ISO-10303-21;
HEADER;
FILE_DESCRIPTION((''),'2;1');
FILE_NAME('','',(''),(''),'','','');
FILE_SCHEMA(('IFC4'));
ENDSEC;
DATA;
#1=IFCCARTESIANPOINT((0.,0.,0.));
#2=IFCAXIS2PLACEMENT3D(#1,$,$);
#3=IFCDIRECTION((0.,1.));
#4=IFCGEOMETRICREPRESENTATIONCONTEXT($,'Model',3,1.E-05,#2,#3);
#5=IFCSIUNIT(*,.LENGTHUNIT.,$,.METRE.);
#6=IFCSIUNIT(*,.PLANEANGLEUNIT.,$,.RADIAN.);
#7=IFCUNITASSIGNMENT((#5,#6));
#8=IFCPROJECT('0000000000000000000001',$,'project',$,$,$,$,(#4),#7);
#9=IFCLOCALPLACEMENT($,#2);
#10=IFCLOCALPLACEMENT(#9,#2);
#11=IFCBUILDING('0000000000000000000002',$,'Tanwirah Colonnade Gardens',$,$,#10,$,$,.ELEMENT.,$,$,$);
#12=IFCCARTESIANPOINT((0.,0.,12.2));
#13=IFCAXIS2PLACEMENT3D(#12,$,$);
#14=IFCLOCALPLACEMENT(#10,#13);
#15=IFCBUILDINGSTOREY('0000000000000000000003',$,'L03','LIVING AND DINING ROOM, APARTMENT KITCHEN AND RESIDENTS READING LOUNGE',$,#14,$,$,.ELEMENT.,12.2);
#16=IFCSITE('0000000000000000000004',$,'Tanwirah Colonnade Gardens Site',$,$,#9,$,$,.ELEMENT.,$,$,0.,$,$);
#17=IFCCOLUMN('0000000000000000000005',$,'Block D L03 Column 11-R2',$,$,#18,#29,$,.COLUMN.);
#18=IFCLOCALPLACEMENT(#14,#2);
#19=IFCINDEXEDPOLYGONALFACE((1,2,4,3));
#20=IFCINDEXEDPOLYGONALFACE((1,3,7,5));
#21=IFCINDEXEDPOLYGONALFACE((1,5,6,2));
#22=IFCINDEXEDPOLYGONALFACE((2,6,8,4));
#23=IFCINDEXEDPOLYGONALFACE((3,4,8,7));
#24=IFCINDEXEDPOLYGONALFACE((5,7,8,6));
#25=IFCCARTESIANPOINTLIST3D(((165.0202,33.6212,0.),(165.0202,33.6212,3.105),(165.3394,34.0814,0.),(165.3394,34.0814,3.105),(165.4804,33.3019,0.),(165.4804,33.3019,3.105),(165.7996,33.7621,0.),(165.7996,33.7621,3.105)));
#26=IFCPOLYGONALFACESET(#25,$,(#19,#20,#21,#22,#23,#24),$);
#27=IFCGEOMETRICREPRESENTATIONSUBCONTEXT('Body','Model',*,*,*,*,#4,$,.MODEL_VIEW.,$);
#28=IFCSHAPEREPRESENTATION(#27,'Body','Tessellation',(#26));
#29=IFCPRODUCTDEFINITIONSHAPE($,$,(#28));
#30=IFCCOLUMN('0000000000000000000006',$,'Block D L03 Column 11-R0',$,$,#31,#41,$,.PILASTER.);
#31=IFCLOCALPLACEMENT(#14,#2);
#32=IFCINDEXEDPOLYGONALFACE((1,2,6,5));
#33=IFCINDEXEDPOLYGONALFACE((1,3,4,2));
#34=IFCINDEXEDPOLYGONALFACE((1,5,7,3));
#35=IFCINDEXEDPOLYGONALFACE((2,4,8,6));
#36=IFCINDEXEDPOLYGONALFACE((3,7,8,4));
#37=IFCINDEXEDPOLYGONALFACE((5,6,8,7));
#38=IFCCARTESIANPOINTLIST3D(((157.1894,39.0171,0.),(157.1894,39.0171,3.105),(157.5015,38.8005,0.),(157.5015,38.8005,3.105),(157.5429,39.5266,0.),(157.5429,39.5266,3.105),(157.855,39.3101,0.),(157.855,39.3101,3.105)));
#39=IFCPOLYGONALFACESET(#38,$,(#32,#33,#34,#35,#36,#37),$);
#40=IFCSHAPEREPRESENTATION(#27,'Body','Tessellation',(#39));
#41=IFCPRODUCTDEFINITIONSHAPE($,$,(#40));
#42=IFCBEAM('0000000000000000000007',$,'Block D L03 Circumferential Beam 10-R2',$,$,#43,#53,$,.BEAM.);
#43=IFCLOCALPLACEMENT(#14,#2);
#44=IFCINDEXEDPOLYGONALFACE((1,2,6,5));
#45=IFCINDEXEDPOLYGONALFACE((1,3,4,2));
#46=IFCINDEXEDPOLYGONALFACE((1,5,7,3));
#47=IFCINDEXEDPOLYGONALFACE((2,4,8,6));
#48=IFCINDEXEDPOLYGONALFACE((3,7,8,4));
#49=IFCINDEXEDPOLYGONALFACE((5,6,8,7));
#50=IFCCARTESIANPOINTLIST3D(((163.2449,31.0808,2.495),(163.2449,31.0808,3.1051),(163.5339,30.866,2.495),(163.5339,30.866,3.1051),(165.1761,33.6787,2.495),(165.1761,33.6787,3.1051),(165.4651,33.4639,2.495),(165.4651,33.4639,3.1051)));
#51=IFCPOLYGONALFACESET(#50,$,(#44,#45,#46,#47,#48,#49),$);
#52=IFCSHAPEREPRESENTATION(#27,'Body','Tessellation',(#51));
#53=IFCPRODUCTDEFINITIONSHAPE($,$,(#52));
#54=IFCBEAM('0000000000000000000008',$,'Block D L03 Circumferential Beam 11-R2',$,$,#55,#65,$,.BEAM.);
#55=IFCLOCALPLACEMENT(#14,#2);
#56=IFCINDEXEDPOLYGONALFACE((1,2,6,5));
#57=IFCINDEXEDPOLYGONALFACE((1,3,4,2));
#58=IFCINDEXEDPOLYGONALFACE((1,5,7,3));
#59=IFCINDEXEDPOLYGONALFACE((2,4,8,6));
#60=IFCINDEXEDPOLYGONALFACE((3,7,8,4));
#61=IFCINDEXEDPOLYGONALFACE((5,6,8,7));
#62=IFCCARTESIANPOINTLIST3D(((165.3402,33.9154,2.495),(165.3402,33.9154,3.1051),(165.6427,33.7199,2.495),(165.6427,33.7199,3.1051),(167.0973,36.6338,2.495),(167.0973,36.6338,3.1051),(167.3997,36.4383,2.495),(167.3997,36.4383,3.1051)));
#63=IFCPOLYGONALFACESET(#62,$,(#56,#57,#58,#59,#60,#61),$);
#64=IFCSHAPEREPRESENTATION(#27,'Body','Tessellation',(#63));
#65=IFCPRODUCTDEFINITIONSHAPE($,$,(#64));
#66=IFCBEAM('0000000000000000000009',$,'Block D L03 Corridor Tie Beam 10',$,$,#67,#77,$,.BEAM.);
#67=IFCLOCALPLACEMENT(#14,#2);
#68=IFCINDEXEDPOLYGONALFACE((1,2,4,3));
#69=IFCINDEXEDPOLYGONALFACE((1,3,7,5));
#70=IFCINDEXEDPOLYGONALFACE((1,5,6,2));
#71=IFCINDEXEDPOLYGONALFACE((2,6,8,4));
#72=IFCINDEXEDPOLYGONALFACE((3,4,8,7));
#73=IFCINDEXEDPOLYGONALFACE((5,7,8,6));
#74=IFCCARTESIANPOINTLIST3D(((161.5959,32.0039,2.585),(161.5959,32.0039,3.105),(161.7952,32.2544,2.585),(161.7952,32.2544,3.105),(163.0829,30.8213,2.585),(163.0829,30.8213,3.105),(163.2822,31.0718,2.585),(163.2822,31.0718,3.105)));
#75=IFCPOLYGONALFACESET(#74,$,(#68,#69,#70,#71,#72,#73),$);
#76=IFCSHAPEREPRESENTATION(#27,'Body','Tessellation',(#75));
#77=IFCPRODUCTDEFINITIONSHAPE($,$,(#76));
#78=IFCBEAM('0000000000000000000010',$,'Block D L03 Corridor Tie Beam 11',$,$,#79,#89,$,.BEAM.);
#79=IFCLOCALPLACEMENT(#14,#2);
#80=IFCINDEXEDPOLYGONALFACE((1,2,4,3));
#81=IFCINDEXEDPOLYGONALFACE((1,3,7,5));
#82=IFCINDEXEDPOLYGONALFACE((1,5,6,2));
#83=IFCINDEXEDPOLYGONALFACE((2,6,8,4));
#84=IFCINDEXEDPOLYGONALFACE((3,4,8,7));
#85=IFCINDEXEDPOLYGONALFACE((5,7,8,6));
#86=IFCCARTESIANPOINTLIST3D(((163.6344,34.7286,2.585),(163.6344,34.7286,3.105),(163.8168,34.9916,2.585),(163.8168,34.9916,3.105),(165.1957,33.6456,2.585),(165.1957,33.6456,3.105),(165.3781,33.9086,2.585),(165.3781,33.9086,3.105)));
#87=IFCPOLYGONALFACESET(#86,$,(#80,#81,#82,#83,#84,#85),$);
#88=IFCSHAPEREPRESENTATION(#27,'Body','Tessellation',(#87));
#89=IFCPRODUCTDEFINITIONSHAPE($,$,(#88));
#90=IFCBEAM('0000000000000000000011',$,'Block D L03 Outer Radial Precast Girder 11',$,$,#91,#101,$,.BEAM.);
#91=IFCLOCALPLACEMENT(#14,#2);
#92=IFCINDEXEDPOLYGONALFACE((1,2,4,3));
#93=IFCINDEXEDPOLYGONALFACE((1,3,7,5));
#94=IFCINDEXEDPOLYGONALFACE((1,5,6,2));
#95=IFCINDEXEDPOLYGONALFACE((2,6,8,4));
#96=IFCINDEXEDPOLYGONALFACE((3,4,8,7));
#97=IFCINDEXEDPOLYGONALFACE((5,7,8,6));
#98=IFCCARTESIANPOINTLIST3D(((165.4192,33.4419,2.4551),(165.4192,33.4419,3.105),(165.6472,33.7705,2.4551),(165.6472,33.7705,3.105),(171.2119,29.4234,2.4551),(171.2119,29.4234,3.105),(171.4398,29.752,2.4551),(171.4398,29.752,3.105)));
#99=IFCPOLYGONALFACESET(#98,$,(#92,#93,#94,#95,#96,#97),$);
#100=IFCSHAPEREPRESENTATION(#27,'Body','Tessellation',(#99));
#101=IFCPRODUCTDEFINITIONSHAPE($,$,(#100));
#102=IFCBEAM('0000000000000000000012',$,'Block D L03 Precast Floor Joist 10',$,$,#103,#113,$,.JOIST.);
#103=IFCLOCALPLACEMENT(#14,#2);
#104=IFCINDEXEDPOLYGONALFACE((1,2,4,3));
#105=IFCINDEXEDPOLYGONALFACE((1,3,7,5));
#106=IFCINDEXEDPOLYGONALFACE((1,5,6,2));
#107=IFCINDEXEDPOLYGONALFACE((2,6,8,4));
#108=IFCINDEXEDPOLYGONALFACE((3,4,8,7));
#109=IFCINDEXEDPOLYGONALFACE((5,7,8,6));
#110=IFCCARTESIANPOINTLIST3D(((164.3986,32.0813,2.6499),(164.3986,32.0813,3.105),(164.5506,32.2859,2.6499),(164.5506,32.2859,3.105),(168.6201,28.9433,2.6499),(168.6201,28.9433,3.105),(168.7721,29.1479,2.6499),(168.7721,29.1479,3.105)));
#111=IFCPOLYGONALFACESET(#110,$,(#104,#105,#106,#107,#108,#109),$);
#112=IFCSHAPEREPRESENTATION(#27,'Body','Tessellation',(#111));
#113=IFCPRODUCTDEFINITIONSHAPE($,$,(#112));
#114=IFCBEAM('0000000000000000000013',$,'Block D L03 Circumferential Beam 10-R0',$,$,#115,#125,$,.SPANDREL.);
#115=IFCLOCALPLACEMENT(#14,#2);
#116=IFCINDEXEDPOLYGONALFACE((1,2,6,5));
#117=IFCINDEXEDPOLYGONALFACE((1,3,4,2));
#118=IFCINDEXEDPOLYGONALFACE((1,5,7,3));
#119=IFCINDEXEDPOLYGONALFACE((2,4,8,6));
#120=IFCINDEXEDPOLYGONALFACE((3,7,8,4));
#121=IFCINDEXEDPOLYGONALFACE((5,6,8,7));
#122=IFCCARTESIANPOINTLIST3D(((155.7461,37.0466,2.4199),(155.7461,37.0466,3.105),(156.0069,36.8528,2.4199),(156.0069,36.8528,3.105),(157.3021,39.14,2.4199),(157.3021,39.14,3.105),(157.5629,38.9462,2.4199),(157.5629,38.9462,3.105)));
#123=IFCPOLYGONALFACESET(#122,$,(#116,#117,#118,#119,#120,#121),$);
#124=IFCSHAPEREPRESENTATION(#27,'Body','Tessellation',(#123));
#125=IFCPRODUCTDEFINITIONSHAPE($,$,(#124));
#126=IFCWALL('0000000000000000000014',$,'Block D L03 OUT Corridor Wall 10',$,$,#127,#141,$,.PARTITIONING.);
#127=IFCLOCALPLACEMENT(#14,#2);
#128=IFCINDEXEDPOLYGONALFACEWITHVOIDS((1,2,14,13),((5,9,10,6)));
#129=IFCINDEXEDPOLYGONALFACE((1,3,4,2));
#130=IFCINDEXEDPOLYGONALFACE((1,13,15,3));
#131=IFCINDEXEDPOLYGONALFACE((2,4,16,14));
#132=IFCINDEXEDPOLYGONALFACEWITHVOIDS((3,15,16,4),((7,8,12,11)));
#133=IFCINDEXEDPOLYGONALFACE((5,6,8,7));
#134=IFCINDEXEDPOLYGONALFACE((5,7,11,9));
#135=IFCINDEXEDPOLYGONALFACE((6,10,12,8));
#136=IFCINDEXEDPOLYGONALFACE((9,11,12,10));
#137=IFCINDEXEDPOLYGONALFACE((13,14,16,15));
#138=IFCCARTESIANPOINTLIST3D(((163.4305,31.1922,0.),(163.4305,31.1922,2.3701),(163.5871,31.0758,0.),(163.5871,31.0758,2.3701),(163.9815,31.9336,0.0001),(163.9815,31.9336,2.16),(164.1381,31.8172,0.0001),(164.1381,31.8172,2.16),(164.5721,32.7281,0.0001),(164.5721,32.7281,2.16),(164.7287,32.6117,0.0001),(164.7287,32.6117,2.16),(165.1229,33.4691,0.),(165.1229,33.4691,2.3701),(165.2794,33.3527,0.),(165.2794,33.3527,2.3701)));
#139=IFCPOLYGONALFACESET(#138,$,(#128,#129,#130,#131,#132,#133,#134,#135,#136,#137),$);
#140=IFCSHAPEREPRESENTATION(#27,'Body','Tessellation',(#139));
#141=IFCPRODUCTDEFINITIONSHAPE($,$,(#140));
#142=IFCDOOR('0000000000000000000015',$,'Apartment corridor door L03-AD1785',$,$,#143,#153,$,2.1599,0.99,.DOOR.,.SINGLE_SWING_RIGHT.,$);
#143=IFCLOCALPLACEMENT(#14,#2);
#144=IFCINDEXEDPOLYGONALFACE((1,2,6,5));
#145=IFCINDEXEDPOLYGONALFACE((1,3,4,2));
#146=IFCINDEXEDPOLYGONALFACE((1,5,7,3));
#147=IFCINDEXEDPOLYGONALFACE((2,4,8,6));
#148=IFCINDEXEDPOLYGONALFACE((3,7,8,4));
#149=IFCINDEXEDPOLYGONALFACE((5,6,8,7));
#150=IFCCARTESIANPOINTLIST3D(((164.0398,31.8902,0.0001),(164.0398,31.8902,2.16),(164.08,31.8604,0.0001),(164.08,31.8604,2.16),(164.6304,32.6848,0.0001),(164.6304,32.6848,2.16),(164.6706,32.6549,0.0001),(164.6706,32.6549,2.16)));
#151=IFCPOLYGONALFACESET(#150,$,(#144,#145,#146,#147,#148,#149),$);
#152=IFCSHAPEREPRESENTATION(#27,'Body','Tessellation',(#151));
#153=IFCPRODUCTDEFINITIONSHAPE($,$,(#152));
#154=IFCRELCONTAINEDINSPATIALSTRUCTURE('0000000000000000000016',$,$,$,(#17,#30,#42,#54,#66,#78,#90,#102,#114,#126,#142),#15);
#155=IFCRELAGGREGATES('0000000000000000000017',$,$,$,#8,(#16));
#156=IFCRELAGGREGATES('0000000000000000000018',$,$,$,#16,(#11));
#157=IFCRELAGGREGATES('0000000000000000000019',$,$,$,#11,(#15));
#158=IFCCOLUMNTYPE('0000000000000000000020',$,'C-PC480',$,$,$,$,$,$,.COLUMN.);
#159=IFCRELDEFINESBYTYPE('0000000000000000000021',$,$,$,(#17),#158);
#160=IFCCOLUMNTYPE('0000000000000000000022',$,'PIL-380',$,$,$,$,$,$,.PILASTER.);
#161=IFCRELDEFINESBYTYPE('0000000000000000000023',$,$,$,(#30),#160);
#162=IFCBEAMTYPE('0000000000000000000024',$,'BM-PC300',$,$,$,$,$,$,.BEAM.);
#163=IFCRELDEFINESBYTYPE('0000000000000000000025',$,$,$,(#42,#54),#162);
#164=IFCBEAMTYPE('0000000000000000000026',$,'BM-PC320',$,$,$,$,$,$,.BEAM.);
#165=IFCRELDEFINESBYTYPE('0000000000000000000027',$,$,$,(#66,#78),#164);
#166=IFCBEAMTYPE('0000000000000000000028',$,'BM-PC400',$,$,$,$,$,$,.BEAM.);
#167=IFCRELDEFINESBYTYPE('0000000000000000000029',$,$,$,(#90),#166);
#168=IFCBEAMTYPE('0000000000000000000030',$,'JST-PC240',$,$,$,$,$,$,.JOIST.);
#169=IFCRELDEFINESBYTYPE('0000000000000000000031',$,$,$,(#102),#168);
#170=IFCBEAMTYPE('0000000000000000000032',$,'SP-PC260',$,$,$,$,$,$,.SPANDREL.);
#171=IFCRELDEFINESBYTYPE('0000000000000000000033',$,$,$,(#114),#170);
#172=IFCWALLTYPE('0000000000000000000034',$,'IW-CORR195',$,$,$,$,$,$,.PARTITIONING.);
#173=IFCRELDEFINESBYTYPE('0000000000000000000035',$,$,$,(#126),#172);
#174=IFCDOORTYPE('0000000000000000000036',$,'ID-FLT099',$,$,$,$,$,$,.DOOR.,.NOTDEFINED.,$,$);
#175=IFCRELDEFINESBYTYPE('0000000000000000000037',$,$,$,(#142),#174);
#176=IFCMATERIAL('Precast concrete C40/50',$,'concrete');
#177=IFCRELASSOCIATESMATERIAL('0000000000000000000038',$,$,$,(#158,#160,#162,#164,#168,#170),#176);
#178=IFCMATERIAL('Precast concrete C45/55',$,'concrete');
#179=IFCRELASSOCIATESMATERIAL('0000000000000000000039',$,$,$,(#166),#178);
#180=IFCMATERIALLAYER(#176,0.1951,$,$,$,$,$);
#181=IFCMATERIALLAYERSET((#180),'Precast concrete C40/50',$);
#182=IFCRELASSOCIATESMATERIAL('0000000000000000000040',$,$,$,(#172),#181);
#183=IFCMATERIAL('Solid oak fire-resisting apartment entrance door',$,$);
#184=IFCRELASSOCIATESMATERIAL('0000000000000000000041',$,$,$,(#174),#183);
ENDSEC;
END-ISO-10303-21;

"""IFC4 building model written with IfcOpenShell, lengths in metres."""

from ifc_helpers import new_model, si_unit, direction, frame, frame_2d, origin, origin_2d, place, context, subcontext, project, spatial, rectangle, extrude, material, layer, layer_set, material_profile, profile_set, type_object, element, fill, save


model = new_model("IFC4")

# Units and contexts
model_context = context("Model", 3, precision=1e-05, world=origin(), true_north=direction((0.0, 1.0)))
body_context = subcontext(model_context, "Body", "Model", "MODEL_VIEW")
ifc_project = project(units=[si_unit("LENGTHUNIT", "METRE"), si_unit("PLANEANGLEUNIT", "RADIAN")], contexts=[model_context])

# Site, building, storey
site_placement = place(None, origin())
site = spatial("IfcSite", under=ifc_project, at=site_placement, Name="Tanwirah Colonnade Gardens Site", CompositionType="ELEMENT", RefElevation=0.0)
building_placement = place(site_placement, origin())
building = spatial("IfcBuilding", under=site, at=building_placement, Name="Tanwirah Colonnade Gardens", CompositionType="ELEMENT")
storey_placement = place(building_placement, frame((0.0, 0.0, 12.2)))
storey = spatial("IfcBuildingStorey", under=building, at=storey_placement, Name="L03", Description="LIVING AND DINING ROOM, APARTMENT KITCHEN AND RESIDENTS READING LOUNGE", CompositionType="ELEMENT", Elevation=12.2)

# Columns
ifc_material_1 = material(Name="Precast concrete C40/50", Category="concrete")
ifc_material_profile_1 = material_profile(ifc_material_1, rectangle(XDim=0.5601, YDim=0.5601, at=origin_2d()), Name="PC-COL 560x560")
ifc_profile_set_1 = profile_set([ifc_material_profile_1], Name="Precast concrete C40/50")
column_type_1 = type_object("IfcColumnType", Name="C-PC480", PredefinedType="COLUMN", material=ifc_profile_set_1)
column_1_placement = place(storey_placement, frame((165.4099, 33.6917, 0.0), z_axis=(0.0, 0.0, 1.0), x_axis=(0.821647, -0.569997, 0.0)))
element("IfcColumn", 1, at=column_1_placement, inside=storey, type_object=column_type_1, Name="Block D L03 Column 11-R2", PredefinedType="COLUMN", context=body_context, shape_type="SweptSolid", body=[
    extrude(rectangle(XDim=0.5601, YDim=0.5601, at=origin_2d()), origin(), (0.0, 0.0, 1.0), 3.105),
])
ifc_material_profile_2 = material_profile(ifc_material_1, rectangle(XDim=0.3799, YDim=0.6201, at=origin_2d()), Name="PC-PIL 380x620")
ifc_profile_set_2 = profile_set([ifc_material_profile_2], Name="Precast concrete C40/50")
column_type_2 = type_object("IfcColumnType", Name="PIL-380", PredefinedType="PILASTER", material=ifc_profile_set_2)
column_2_placement = place(storey_placement, frame((157.5222, 39.1636, 0.0), z_axis=(0.0, 0.0, 1.0), x_axis=(0.821647, -0.569997, 0.0)))
element("IfcColumn", 2, at=column_2_placement, inside=storey, type_object=column_type_2, Name="Block D L03 Column 11-R0", PredefinedType="PILASTER", context=body_context, shape_type="SweptSolid", body=[
    extrude(rectangle(XDim=0.3799, YDim=0.6201, at=origin_2d()), origin(), (0.0, 0.0, 1.0), 3.105),
])

# Beams
ifc_material_profile_3 = material_profile(ifc_material_1, rectangle(XDim=0.3601, YDim=0.6101, at=origin_2d()), Name="PC-BM 360x610")
ifc_profile_set_3 = profile_set([ifc_material_profile_3], Name="Precast concrete C40/50")
beam_type_1 = type_object("IfcBeamType", Name="BM-PC300", PredefinedType="BEAM", material=ifc_profile_set_3)
beam_1_placement = place(storey_placement, frame((163.3894, 30.9734, 2.8), z_axis=(0.596579, 0.802554, 0.0), x_axis=(-0.802554, 0.596579, 0.0)))
element("IfcBeam", 3, at=beam_1_placement, inside=storey, type_object=beam_type_1, Name="Block D L03 Circumferential Beam 10-R2", PredefinedType="BEAM", context=body_context, shape_type="SweptSolid", body=[
    extrude(rectangle(XDim=0.3601, YDim=0.6101, at=origin_2d()), origin(), (0.0, 0.0, 1.0), 3.2371),
])
beam_2_placement = place(storey_placement, frame((165.4915, 33.8176, 2.8), z_axis=(0.542826, 0.839845, 0.0), x_axis=(-0.839845, 0.542826, 0.0)))
element("IfcBeam", 4, at=beam_2_placement, inside=storey, type_object=beam_type_1, Name="Block D L03 Circumferential Beam 11-R2", PredefinedType="BEAM", context=body_context, shape_type="SweptSolid", body=[
    extrude(rectangle(XDim=0.3601, YDim=0.6101, at=origin_2d()), origin(), (0.0, 0.0, 1.0), 3.2368),
])
ifc_material_profile_4 = material_profile(ifc_material_1, rectangle(XDim=0.3201, YDim=0.52, at=origin_2d()), Name="PC-BM 320x520")
ifc_profile_set_4 = profile_set([ifc_material_profile_4], Name="Precast concrete C40/50")
beam_type_2 = type_object("IfcBeamType", Name="BM-PC320", PredefinedType="BEAM", material=ifc_profile_set_4)
beam_3_placement = place(storey_placement, frame((161.6956, 32.1292, 2.845), z_axis=(0.782671, -0.622436, 0.0), x_axis=(0.622436, 0.782671, 0.0)))
element("IfcBeam", 5, at=beam_3_placement, inside=storey, type_object=beam_type_2, Name="Block D L03 Corridor Tie Beam 10", PredefinedType="BEAM", context=body_context, shape_type="SweptSolid", body=[
    extrude(rectangle(XDim=0.3201, YDim=0.52, at=origin_2d()), origin(), (0.0, 0.0, 1.0), 1.8999),
])
beam_4_placement = place(storey_placement, frame((163.7256, 34.8601, 2.845), z_axis=(0.821669, -0.569965, 0.0), x_axis=(0.569965, 0.821669, 0.0)))
element("IfcBeam", 6, at=beam_4_placement, inside=storey, type_object=beam_type_2, Name="Block D L03 Corridor Tie Beam 11", PredefinedType="BEAM", context=body_context, shape_type="SweptSolid", body=[
    extrude(rectangle(XDim=0.3201, YDim=0.52, at=origin_2d()), origin(), (0.0, 0.0, 1.0), 1.9001),
])
ifc_material_2 = material(Name="Precast concrete C45/55", Category="concrete")
ifc_material_profile_5 = material_profile(ifc_material_2, rectangle(XDim=0.3999, YDim=0.6499, at=origin_2d()), Name="PC-BM 400x650")
ifc_profile_set_5 = profile_set([ifc_material_profile_5], Name="Precast concrete C45/55")
beam_type_3 = type_object("IfcBeamType", Name="BM-PC400", PredefinedType="BEAM", material=ifc_profile_set_5)
beam_5_placement = place(storey_placement, frame((165.5332, 33.6062, 2.78), z_axis=(0.821647, -0.569997, 0.0), x_axis=(0.569997, 0.821647, 0.0)))
element("IfcBeam", 7, at=beam_5_placement, inside=storey, type_object=beam_type_3, Name="Block D L03 Outer Radial Precast Girder 11", PredefinedType="BEAM", context=body_context, shape_type="SweptSolid", body=[
    extrude(rectangle(XDim=0.3999, YDim=0.6499, at=origin_2d()), origin(), (0.0, 0.0, 1.0), 7.05),
])
ifc_material_profile_6 = material_profile(ifc_material_1, rectangle(XDim=0.2549, YDim=0.4551, at=origin_2d()), Name="PC-JST 255x455")
ifc_profile_set_6 = profile_set([ifc_material_profile_6], Name="Precast concrete C40/50")
beam_type_4 = type_object("IfcBeamType", Name="JST-PC240", PredefinedType="JOIST", material=ifc_profile_set_6)
beam_6_placement = place(storey_placement, frame((164.4746, 32.1836, 2.8774), z_axis=(0.80256, -0.596571, 0.0), x_axis=(0.596571, 0.80256, 0.0)))
element("IfcBeam", 8, at=beam_6_placement, inside=storey, type_object=beam_type_4, Name="Block D L03 Precast Floor Joist 10", PredefinedType="JOIST", context=body_context, shape_type="SweptSolid", body=[
    extrude(rectangle(XDim=0.2549, YDim=0.4551, at=origin_2d()), origin(), (0.0, 0.0, 1.0), 5.26),
])
ifc_material_profile_7 = material_profile(ifc_material_1, rectangle(XDim=0.325, YDim=0.6851, at=origin_2d()), Name="PC-SP 325x685")
ifc_profile_set_7 = profile_set([ifc_material_profile_7], Name="Precast concrete C40/50")
beam_type_5 = type_object("IfcBeamType", Name="SP-PC260", PredefinedType="SPANDREL", material=ifc_profile_set_7)
beam_7_placement = place(storey_placement, frame((155.8765, 36.9497, 2.7625), z_axis=(0.596565, 0.802565, 0.0), x_axis=(-0.802565, 0.596565, 0.0)))
element("IfcBeam", 9, at=beam_7_placement, inside=storey, type_object=beam_type_5, Name="Block D L03 Circumferential Beam 10-R0", PredefinedType="SPANDREL", context=body_context, shape_type="SweptSolid", body=[
    extrude(rectangle(XDim=0.325, YDim=0.6851, at=origin_2d()), origin(), (0.0, 0.0, 1.0), 2.6084),
])

# Wall, opening, door
ifc_layer_1 = layer(ifc_material_1, 0.1951)
ifc_layer_set_1 = layer_set([ifc_layer_1], Name="Precast concrete C40/50")
wall_type_1 = type_object("IfcWallType", Name="IW-CORR195", PredefinedType="PARTITIONING", material=ifc_layer_set_1)
wall_1_placement = place(storey_placement, frame((163.5088, 31.134, 0.0), z_axis=(0.0, 0.0, 1.0), x_axis=(0.596552, 0.802574, 0.0)))
wall_1 = element("IfcWall", 10, at=wall_1_placement, inside=storey, type_object=wall_type_1, Name="Block D L03 OUT Corridor Wall 10", PredefinedType="PARTITIONING", context=body_context, shape_type="SweptSolid", body=[
    extrude(rectangle(XDim=2.8369, YDim=0.1951, at=frame_2d((1.4185, 0.0))), origin(), (0.0, 0.0, 1.0), 2.3701),
])
opening_1_placement = place(wall_1_placement, frame((0.9236, 0.0, 0.0)))
opening_1 = element("IfcOpeningElement", 11, at=opening_1_placement, cuts=wall_1, PredefinedType="OPENING", context=body_context, shape_type="SweptSolid", body=[
    extrude(rectangle(XDim=0.99, YDim=2.1599, at=frame_2d((0.4951, 1.0801))), frame((0.0, 0.1074, 0.0), z_axis=(0.0, -1.0, 0.0), x_axis=(1.0, 0.0, 0.0)), (0.0, 0.0, 1.0), 0.2151),
])
ifc_material_3 = material(Name="Solid oak fire-resisting apartment entrance door")
door_type_1 = type_object("IfcDoorType", Name="ID-FLT099", OperationType="NOTDEFINED", PredefinedType="DOOR", material=ifc_material_3)
door_1_placement = place(opening_1_placement, origin())
door_1 = element("IfcDoor", 12, at=door_1_placement, inside=storey, type_object=door_type_1, Name="Apartment corridor door L03-AD1785", OperationType="SINGLE_SWING_RIGHT", OverallHeight=2.1599, OverallWidth=0.99, PredefinedType="DOOR", context=body_context, shape_type="SweptSolid", body=[
    extrude(rectangle(XDim=0.99, YDim=2.1599, at=frame_2d((0.4951, 1.0801))), frame((0.0, 0.0249, 0.0), z_axis=(0.0, -1.0, 0.0), x_axis=(1.0, 0.0, 0.0)), (0.0, 0.0, 1.0), 0.05),
])
fill(opening_1, door_1)

save(model, "model.ifc")
